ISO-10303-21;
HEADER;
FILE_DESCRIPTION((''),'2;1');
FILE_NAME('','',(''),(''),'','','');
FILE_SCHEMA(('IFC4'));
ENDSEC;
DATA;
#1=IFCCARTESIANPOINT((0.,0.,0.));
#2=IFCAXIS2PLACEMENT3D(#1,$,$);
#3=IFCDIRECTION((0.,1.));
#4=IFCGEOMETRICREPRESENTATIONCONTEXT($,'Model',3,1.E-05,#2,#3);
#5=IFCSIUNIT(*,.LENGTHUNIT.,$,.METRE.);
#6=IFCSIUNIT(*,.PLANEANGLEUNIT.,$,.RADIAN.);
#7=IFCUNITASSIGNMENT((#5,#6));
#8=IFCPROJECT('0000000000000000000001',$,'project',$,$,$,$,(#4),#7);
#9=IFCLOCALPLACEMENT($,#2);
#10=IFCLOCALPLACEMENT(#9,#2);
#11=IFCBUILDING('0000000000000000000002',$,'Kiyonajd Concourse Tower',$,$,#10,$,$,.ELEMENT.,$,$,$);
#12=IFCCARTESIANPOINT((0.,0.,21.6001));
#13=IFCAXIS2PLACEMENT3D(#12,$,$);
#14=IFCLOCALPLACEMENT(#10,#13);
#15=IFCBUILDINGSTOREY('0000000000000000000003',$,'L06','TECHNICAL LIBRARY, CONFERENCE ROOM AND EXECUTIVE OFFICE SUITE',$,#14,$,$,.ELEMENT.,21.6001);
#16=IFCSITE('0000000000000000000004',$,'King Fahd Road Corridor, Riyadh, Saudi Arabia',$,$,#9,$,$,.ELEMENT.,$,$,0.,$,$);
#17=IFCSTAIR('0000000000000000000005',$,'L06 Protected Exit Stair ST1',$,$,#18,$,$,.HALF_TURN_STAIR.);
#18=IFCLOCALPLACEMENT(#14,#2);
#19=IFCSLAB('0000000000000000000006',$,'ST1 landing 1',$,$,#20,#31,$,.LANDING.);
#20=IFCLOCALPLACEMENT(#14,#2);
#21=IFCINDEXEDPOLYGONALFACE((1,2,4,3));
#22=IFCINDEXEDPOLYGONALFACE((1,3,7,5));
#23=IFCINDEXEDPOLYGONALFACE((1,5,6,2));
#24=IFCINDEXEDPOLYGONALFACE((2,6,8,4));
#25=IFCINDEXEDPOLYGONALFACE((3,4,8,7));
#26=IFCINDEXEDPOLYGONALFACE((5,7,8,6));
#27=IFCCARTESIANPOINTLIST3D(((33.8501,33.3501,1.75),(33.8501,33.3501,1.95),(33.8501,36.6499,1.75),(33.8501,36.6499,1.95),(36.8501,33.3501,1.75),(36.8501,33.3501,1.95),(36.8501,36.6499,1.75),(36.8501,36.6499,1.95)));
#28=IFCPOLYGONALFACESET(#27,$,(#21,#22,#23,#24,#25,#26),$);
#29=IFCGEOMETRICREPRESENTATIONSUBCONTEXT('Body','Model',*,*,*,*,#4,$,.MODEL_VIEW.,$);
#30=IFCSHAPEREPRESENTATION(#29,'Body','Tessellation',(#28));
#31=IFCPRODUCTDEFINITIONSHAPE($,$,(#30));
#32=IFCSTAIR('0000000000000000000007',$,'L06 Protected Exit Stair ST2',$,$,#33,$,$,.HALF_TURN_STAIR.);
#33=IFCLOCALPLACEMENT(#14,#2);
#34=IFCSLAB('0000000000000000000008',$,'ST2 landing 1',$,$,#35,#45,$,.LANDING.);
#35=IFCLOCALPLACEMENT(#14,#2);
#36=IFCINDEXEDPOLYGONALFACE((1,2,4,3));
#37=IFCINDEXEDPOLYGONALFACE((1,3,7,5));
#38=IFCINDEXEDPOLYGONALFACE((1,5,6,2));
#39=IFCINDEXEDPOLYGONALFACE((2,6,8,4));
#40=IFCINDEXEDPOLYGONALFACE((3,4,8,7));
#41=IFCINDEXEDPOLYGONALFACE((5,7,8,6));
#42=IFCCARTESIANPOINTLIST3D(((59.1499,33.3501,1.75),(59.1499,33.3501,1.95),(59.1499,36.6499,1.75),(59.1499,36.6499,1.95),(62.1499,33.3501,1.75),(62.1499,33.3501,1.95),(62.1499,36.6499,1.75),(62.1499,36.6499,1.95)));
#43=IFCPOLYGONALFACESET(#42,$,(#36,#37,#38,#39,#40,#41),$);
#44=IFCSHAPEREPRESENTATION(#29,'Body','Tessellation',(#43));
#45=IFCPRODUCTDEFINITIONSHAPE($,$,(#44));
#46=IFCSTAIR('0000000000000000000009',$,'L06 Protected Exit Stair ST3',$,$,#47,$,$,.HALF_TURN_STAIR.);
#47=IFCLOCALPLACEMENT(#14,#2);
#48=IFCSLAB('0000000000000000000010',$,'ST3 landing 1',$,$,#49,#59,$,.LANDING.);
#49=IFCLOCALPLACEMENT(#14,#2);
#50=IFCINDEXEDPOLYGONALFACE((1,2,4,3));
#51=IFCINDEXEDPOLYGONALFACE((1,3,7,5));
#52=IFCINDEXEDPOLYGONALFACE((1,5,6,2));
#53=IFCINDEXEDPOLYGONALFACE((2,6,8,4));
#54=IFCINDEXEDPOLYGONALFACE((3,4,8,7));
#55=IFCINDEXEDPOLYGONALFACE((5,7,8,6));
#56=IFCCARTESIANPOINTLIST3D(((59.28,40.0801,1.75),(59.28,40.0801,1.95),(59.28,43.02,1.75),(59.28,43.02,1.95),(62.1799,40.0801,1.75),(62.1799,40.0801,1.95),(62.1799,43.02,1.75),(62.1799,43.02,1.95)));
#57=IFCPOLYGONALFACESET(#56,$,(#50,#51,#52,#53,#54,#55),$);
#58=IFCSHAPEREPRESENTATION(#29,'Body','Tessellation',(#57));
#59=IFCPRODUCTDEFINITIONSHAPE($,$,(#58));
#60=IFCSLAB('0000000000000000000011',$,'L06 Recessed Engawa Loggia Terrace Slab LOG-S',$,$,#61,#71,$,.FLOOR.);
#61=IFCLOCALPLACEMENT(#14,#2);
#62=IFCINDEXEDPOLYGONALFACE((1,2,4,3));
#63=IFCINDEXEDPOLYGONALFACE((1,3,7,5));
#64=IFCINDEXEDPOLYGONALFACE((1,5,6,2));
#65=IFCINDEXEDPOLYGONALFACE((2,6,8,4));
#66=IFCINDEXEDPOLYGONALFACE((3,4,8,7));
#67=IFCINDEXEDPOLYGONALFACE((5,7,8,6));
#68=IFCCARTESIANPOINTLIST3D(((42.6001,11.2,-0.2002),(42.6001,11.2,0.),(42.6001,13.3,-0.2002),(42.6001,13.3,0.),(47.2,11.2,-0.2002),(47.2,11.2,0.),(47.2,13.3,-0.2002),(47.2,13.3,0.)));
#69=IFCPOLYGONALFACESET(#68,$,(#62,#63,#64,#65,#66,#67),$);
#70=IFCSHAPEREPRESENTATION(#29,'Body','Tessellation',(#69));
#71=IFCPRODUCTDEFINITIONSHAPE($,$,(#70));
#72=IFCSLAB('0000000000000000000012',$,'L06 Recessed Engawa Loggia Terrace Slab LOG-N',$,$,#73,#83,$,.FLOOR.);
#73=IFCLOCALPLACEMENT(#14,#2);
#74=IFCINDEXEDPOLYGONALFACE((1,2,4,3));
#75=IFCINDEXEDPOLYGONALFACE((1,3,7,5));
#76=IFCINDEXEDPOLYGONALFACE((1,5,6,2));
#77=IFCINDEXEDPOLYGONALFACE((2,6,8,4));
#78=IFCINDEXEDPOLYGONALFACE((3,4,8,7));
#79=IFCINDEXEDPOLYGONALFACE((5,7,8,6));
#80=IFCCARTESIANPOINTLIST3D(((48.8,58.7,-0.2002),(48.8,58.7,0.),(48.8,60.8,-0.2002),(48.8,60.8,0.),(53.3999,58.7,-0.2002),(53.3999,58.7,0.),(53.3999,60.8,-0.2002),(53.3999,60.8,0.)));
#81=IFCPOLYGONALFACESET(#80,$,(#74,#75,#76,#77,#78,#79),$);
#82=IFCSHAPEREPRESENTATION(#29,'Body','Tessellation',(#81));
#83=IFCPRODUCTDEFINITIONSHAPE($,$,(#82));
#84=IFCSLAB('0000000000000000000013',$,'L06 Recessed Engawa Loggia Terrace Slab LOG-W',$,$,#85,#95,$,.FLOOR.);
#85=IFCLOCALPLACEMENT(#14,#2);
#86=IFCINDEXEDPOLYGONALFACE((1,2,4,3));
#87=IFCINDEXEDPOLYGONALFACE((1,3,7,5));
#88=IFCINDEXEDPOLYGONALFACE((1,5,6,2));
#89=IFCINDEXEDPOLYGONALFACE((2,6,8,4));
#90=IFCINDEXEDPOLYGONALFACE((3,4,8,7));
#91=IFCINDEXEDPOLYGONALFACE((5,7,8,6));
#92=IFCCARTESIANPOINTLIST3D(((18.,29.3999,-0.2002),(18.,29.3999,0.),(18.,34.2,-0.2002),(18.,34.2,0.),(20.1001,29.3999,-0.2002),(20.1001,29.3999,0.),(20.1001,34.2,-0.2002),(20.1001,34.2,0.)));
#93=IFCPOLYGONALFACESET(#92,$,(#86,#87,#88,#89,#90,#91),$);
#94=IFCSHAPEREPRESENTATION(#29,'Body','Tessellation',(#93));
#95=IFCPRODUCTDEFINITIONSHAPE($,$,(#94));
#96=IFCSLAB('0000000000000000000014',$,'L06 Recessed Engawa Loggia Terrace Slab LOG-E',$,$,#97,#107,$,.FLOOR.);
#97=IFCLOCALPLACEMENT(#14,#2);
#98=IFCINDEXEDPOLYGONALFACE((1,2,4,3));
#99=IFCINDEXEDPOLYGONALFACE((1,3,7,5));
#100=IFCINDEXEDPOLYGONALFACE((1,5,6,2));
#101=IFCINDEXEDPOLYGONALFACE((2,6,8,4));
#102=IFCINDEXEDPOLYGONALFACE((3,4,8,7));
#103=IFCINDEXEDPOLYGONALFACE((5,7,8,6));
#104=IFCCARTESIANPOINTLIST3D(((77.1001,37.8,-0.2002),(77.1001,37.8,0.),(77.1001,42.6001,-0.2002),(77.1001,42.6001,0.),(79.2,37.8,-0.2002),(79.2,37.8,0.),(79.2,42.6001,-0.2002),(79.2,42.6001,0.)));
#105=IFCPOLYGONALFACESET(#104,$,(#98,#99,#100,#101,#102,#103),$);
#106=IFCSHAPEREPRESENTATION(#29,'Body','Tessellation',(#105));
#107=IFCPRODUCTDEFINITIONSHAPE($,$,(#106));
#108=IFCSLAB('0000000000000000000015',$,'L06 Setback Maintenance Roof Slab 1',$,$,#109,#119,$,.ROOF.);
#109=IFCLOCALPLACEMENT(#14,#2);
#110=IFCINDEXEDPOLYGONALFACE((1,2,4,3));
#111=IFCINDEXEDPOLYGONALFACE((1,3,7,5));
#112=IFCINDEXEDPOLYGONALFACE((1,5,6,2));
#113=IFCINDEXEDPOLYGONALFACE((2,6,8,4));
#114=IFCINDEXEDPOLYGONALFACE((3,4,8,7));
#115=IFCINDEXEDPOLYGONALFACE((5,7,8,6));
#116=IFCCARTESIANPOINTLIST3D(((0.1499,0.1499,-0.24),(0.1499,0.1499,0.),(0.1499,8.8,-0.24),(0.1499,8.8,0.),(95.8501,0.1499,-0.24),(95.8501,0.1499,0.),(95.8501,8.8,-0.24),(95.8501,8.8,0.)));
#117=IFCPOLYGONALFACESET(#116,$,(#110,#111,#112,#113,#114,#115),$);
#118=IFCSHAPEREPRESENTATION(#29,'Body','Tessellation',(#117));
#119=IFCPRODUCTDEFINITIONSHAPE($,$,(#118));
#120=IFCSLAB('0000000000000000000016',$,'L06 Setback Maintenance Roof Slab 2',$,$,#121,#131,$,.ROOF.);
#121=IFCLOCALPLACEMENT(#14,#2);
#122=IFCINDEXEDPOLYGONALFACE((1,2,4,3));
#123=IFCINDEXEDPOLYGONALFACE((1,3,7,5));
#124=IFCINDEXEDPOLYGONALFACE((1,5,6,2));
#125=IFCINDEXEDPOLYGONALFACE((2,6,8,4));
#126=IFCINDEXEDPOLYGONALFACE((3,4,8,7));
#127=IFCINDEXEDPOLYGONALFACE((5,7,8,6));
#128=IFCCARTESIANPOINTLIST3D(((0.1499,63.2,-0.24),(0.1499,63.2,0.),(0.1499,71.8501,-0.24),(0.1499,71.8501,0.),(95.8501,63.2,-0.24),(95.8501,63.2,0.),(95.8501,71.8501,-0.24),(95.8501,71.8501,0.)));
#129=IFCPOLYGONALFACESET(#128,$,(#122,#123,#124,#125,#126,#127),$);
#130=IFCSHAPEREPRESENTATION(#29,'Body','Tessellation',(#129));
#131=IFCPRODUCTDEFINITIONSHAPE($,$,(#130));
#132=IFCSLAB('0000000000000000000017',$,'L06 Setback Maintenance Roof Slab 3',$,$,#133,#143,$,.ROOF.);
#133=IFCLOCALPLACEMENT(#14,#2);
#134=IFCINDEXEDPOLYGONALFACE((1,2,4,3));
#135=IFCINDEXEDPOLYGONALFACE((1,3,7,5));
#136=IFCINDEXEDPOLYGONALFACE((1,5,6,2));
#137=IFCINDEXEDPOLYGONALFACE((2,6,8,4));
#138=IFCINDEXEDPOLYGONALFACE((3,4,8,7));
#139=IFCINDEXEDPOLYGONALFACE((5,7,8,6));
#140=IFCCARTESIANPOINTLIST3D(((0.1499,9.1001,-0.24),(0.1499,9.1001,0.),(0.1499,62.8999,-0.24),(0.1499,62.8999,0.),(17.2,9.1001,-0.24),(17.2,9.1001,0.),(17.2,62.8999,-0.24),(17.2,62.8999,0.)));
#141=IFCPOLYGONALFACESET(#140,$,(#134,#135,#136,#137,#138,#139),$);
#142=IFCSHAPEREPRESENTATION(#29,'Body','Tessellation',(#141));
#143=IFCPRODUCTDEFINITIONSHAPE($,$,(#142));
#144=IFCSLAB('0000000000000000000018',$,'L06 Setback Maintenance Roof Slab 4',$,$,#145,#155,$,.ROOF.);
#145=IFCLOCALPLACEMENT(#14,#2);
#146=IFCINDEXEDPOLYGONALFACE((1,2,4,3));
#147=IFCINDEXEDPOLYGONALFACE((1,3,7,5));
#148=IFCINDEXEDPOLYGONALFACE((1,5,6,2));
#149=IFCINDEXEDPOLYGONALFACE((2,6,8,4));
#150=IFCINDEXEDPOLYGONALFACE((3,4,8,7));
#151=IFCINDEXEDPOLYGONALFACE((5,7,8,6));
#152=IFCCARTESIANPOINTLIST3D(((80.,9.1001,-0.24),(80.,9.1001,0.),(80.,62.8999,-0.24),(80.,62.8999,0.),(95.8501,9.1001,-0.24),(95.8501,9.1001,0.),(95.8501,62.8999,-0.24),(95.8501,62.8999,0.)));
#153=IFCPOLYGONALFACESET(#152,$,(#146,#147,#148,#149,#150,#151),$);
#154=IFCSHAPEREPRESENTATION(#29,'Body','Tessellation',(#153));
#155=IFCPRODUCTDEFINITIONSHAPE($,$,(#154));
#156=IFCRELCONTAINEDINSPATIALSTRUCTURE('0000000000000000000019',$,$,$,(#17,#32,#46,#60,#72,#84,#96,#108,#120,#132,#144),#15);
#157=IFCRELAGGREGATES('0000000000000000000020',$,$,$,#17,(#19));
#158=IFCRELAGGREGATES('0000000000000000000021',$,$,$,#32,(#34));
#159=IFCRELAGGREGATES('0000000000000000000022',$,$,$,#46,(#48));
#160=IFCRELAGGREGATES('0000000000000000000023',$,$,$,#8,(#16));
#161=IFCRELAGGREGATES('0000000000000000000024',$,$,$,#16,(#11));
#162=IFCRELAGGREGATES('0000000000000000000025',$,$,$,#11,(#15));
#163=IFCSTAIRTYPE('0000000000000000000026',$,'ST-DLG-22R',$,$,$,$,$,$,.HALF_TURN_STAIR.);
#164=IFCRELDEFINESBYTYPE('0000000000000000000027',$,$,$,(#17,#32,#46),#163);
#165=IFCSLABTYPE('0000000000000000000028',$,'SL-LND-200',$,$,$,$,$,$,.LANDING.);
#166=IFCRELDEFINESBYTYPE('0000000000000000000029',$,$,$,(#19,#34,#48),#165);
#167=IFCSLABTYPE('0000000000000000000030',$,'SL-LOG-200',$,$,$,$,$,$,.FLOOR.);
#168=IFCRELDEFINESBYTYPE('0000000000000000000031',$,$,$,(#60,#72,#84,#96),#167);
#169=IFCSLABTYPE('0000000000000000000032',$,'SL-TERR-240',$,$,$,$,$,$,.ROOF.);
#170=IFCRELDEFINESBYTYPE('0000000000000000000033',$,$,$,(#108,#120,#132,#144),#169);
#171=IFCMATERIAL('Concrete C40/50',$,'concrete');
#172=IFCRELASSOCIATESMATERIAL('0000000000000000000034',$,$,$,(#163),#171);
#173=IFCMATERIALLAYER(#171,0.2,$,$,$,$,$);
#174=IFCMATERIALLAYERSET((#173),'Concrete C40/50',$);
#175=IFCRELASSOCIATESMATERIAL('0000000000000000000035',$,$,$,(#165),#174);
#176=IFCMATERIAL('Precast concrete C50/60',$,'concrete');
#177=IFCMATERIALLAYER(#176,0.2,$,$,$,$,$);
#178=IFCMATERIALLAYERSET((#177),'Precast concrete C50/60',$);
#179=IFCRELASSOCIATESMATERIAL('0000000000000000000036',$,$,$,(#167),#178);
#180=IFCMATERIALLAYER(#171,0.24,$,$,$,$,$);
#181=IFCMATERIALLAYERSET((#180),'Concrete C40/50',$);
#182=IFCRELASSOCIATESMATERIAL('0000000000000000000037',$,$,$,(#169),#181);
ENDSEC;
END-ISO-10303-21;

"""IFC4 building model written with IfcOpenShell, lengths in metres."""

from ifc_helpers import new_model, si_unit, direction, frame, origin, place, context, subcontext, project, spatial, polyline, outline, extrude, material, layer, layer_set, type_object, element, aggregate, save


model = new_model("IFC4")

# Units and contexts
model_context = context("Model", 3, precision=1e-05, world=origin(), true_north=direction((0.0, 1.0)))
body_context = subcontext(model_context, "Body", "Model", "MODEL_VIEW")
ifc_project = project(units=[si_unit("LENGTHUNIT", "METRE"), si_unit("PLANEANGLEUNIT", "RADIAN")], contexts=[model_context])

# Site, building, storey
site_placement = place(None, origin())
site = spatial("IfcSite", under=ifc_project, at=site_placement, Name="King Fahd Road Corridor, Riyadh, Saudi Arabia", CompositionType="ELEMENT", RefElevation=0.0)
building_placement = place(site_placement, origin())
building = spatial("IfcBuilding", under=site, at=building_placement, Name="Kiyonajd Concourse Tower", CompositionType="ELEMENT")
storey_placement = place(building_placement, frame((0.0, 0.0, 21.6001)))
storey = spatial("IfcBuildingStorey", under=building, at=storey_placement, Name="L06", Description="TECHNICAL LIBRARY, CONFERENCE ROOM AND EXECUTIVE OFFICE SUITE", CompositionType="ELEMENT", Elevation=21.6001)

# Stairs, slabs
ifc_material_1 = material(Name="Concrete C40/50", Category="concrete")
stair_type = type_object("IfcStairType", Name="ST-DLG-22R", PredefinedType="HALF_TURN_STAIR", material=ifc_material_1)
stair_1_placement = place(storey_placement, origin())
stair_1 = element("IfcStair", 1, at=stair_1_placement, inside=storey, type_object=stair_type, Name="L06 Protected Exit Stair ST1", PredefinedType="HALF_TURN_STAIR")
ifc_layer_1 = layer(ifc_material_1, 0.2)
ifc_layer_set_1 = layer_set([ifc_layer_1], Name="Concrete C40/50")
slab_type_1 = type_object("IfcSlabType", Name="SL-LND-200", PredefinedType="LANDING", material=ifc_layer_set_1)
slab_1_placement = place(storey_placement, frame((0.0, 0.0, 1.75)))
slab_1 = element("IfcSlab", 2, at=slab_1_placement, type_object=slab_type_1, Name="ST1 landing 1", PredefinedType="LANDING", context=body_context, shape_type="SweptSolid", body=[
    extrude(outline(polyline([(36.8501, 33.3501), (36.8501, 36.6499), (33.8501, 36.6499), (33.8501, 33.3501), (36.8501, 33.3501)])), origin(), (0.0, 0.0, 1.0), 0.2),
])
aggregate(stair_1, [slab_1])
stair_2_placement = place(storey_placement, origin())
stair_2 = element("IfcStair", 3, at=stair_2_placement, inside=storey, type_object=stair_type, Name="L06 Protected Exit Stair ST2", PredefinedType="HALF_TURN_STAIR")
slab_2_placement = place(storey_placement, frame((0.0, 0.0, 1.75)))
slab_2 = element("IfcSlab", 4, at=slab_2_placement, type_object=slab_type_1, Name="ST2 landing 1", PredefinedType="LANDING", context=body_context, shape_type="SweptSolid", body=[
    extrude(outline(polyline([(62.1499, 33.3501), (62.1499, 36.6499), (59.1499, 36.6499), (59.1499, 33.3501), (62.1499, 33.3501)])), origin(), (0.0, 0.0, 1.0), 0.2),
])
aggregate(stair_2, [slab_2])
stair_3_placement = place(storey_placement, origin())
stair_3 = element("IfcStair", 5, at=stair_3_placement, inside=storey, type_object=stair_type, Name="L06 Protected Exit Stair ST3", PredefinedType="HALF_TURN_STAIR")
slab_3_placement = place(storey_placement, frame((0.0, 0.0, 1.75)))
slab_3 = element("IfcSlab", 6, at=slab_3_placement, type_object=slab_type_1, Name="ST3 landing 1", PredefinedType="LANDING", context=body_context, shape_type="SweptSolid", body=[
    extrude(outline(polyline([(59.28, 40.0801), (62.1799, 40.0801), (62.1799, 43.02), (59.28, 43.02), (59.28, 40.0801)])), origin(), (0.0, 0.0, 1.0), 0.2),
])
aggregate(stair_3, [slab_3])

# Slabs
ifc_material_2 = material(Name="Precast concrete C50/60", Category="concrete")
ifc_layer_2 = layer(ifc_material_2, 0.2)
ifc_layer_set_2 = layer_set([ifc_layer_2], Name="Precast concrete C50/60")
slab_type_2 = type_object("IfcSlabType", Name="SL-LOG-200", PredefinedType="FLOOR", material=ifc_layer_set_2)
slab_4_placement = place(storey_placement, frame((0.0, 0.0, -0.2002)))
element("IfcSlab", 7, at=slab_4_placement, inside=storey, type_object=slab_type_2, Name="L06 Recessed Engawa Loggia Terrace Slab LOG-S", PredefinedType="FLOOR", context=body_context, shape_type="SweptSolid", body=[
    extrude(outline(polyline([(42.6001, 11.2), (47.2, 11.2), (47.2, 13.3), (42.6001, 13.3), (42.6001, 11.2)])), origin(), (0.0, 0.0, 1.0), 0.2002),
])
slab_5_placement = place(storey_placement, frame((0.0, 0.0, -0.2002)))
element("IfcSlab", 8, at=slab_5_placement, inside=storey, type_object=slab_type_2, Name="L06 Recessed Engawa Loggia Terrace Slab LOG-N", PredefinedType="FLOOR", context=body_context, shape_type="SweptSolid", body=[
    extrude(outline(polyline([(48.8, 58.7), (53.3999, 58.7), (53.3999, 60.8), (48.8, 60.8), (48.8, 58.7)])), origin(), (0.0, 0.0, 1.0), 0.2002),
])
slab_6_placement = place(storey_placement, frame((0.0, 0.0, -0.2002)))
element("IfcSlab", 9, at=slab_6_placement, inside=storey, type_object=slab_type_2, Name="L06 Recessed Engawa Loggia Terrace Slab LOG-W", PredefinedType="FLOOR", context=body_context, shape_type="SweptSolid", body=[
    extrude(outline(polyline([(18.0, 29.3999), (20.1001, 29.3999), (20.1001, 34.2), (18.0, 34.2), (18.0, 29.3999)])), origin(), (0.0, 0.0, 1.0), 0.2002),
])
slab_7_placement = place(storey_placement, frame((0.0, 0.0, -0.2002)))
element("IfcSlab", 10, at=slab_7_placement, inside=storey, type_object=slab_type_2, Name="L06 Recessed Engawa Loggia Terrace Slab LOG-E", PredefinedType="FLOOR", context=body_context, shape_type="SweptSolid", body=[
    extrude(outline(polyline([(77.1001, 37.8), (79.2, 37.8), (79.2, 42.6001), (77.1001, 42.6001), (77.1001, 37.8)])), origin(), (0.0, 0.0, 1.0), 0.2002),
])
ifc_layer_3 = layer(ifc_material_1, 0.24)
ifc_layer_set_3 = layer_set([ifc_layer_3], Name="Concrete C40/50")
slab_type_3 = type_object("IfcSlabType", Name="SL-TERR-240", PredefinedType="ROOF", material=ifc_layer_set_3)
slab_8_placement = place(storey_placement, frame((0.0, 0.0, -0.24)))
element("IfcSlab", 11, at=slab_8_placement, inside=storey, type_object=slab_type_3, Name="L06 Setback Maintenance Roof Slab 1", PredefinedType="ROOF", context=body_context, shape_type="SweptSolid", body=[
    extrude(outline(polyline([(95.8501, 0.1499), (0.1499, 0.1499), (0.1499, 8.8), (95.8501, 8.8), (95.8501, 0.1499)])), origin(), (0.0, 0.0, 1.0), 0.24),
])
slab_9_placement = place(storey_placement, frame((0.0, 0.0, -0.24)))
element("IfcSlab", 12, at=slab_9_placement, inside=storey, type_object=slab_type_3, Name="L06 Setback Maintenance Roof Slab 2", PredefinedType="ROOF", context=body_context, shape_type="SweptSolid", body=[
    extrude(outline(polyline([(95.8501, 71.8501), (95.8501, 63.2), (0.1499, 63.2), (0.1499, 71.8501), (95.8501, 71.8501)])), origin(), (0.0, 0.0, 1.0), 0.24),
])
slab_10_placement = place(storey_placement, frame((0.0, 0.0, -0.24)))
element("IfcSlab", 13, at=slab_10_placement, inside=storey, type_object=slab_type_3, Name="L06 Setback Maintenance Roof Slab 3", PredefinedType="ROOF", context=body_context, shape_type="SweptSolid", body=[
    extrude(outline(polyline([(0.1499, 62.8999), (17.2, 62.8999), (17.2, 9.1001), (0.1499, 9.1001), (0.1499, 62.8999)])), origin(), (0.0, 0.0, 1.0), 0.24),
])
slab_11_placement = place(storey_placement, frame((0.0, 0.0, -0.24)))
element("IfcSlab", 14, at=slab_11_placement, inside=storey, type_object=slab_type_3, Name="L06 Setback Maintenance Roof Slab 4", PredefinedType="ROOF", context=body_context, shape_type="SweptSolid", body=[
    extrude(outline(polyline([(95.8501, 9.1001), (80.0, 9.1001), (80.0, 62.8999), (95.8501, 62.8999), (95.8501, 9.1001)])), origin(), (0.0, 0.0, 1.0), 0.24),
])

save(model, "model.ifc")
